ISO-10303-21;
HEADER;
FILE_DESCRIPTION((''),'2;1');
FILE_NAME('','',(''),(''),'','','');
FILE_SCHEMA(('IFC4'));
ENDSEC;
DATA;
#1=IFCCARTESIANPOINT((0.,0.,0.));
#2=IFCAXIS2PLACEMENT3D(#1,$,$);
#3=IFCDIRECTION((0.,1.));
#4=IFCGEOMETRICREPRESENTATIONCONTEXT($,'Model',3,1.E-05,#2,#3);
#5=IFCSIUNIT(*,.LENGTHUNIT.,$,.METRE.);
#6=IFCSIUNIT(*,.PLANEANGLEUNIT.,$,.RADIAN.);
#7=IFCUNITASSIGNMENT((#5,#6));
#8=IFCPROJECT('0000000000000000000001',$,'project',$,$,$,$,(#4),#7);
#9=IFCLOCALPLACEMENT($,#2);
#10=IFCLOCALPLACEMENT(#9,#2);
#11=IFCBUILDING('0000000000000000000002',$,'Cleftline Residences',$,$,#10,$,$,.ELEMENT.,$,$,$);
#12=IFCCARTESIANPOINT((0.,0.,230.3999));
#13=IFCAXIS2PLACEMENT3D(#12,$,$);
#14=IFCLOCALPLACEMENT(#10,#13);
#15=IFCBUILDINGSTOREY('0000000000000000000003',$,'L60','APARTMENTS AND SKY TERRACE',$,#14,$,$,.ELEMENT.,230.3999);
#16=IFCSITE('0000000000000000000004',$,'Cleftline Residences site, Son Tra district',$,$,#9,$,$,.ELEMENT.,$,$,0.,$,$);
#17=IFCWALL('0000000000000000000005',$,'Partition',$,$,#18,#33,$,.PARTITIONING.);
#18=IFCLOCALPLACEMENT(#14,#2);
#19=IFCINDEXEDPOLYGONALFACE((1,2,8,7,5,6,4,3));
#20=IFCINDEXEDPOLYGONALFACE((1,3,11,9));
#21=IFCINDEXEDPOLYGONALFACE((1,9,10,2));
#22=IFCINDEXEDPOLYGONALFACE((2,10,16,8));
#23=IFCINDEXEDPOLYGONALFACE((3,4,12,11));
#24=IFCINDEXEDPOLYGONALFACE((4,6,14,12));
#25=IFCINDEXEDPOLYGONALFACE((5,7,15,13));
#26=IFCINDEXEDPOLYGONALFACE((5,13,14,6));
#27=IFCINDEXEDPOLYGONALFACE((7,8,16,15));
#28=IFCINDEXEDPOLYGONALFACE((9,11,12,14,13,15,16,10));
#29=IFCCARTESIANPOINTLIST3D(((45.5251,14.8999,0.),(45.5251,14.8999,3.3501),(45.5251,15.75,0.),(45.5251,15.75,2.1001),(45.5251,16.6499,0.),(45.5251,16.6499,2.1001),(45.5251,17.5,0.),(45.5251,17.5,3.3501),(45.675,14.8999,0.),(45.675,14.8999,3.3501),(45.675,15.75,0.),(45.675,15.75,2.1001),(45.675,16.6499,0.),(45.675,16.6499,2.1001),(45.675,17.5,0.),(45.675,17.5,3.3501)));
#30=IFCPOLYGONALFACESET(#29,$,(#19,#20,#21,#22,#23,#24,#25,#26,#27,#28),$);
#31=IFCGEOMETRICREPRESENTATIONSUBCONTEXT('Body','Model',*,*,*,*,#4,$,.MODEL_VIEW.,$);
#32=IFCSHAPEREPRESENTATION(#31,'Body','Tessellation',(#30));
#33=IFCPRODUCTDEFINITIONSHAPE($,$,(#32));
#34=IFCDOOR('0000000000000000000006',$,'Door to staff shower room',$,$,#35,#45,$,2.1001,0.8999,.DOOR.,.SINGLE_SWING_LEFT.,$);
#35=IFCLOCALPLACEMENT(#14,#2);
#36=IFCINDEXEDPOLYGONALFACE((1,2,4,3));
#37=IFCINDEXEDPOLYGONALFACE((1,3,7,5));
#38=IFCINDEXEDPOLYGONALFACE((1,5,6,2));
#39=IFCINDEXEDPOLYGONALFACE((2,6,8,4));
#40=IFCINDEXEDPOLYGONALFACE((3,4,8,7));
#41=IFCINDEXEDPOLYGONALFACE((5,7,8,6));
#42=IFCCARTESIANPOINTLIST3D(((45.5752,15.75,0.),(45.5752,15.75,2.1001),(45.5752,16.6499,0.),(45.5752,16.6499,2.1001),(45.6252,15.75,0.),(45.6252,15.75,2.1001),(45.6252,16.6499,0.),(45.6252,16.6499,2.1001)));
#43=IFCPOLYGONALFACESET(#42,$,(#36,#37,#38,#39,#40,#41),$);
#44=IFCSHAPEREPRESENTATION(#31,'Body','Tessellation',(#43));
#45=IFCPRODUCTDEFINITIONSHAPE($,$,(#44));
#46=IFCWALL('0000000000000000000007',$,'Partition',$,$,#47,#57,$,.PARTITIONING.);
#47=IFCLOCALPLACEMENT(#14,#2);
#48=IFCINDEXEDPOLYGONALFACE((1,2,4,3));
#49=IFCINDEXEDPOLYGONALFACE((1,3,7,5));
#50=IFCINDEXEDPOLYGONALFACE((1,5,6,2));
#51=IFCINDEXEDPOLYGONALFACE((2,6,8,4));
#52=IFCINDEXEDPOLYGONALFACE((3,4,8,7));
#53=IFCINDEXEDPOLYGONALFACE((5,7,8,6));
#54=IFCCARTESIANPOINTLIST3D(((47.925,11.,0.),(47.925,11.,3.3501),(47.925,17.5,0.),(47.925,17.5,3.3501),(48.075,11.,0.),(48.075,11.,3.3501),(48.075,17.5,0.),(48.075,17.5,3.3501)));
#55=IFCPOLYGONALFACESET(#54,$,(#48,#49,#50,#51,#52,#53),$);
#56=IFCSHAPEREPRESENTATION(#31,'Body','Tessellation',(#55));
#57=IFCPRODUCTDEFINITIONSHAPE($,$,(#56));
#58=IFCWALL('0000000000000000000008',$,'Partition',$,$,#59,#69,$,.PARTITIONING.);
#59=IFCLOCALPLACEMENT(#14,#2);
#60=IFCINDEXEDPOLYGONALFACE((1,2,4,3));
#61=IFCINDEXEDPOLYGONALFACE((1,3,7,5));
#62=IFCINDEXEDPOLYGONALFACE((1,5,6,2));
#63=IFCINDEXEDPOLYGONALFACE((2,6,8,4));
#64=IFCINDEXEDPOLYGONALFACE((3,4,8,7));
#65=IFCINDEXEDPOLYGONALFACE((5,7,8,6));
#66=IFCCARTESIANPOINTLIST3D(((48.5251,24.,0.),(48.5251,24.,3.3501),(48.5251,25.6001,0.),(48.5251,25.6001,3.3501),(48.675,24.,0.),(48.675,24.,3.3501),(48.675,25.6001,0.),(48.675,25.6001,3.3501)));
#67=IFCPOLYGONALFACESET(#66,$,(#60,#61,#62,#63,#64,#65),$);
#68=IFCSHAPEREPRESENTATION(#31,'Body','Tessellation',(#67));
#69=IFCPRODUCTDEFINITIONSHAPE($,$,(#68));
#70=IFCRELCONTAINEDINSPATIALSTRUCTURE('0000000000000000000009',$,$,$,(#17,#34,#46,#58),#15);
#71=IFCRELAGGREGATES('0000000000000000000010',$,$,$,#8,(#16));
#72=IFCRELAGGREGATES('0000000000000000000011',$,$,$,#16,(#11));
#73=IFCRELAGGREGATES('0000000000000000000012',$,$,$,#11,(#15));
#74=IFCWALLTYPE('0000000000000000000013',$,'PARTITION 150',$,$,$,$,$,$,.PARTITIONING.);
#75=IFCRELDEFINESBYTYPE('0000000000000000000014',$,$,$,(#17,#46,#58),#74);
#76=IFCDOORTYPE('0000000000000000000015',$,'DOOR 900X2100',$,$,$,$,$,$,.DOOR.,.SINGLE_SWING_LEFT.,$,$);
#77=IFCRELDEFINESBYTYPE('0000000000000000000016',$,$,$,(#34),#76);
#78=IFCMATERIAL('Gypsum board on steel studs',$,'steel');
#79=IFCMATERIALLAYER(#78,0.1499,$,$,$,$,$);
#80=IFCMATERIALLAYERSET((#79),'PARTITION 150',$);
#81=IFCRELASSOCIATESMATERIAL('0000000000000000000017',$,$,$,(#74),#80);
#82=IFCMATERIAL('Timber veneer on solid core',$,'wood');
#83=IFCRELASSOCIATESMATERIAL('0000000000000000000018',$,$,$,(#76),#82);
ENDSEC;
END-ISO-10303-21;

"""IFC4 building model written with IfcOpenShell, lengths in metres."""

from ifc_helpers import new_model, si_unit, direction, frame, frame_2d, origin, place, context, subcontext, project, spatial, rectangle, extrude, material, layer, layer_set, type_object, element, fill, save


model = new_model("IFC4")

# Units and contexts
model_context = context("Model", 3, precision=1e-05, world=origin(), true_north=direction((0.0, 1.0)))
body_context = subcontext(model_context, "Body", "Model", "MODEL_VIEW")
ifc_project = project(units=[si_unit("LENGTHUNIT", "METRE"), si_unit("PLANEANGLEUNIT", "RADIAN")], contexts=[model_context])

# Site, building, storey
site_placement = place(None, origin())
site = spatial("IfcSite", under=ifc_project, at=site_placement, Name="Cleftline Residences site, Son Tra district", CompositionType="ELEMENT", RefElevation=0.0)
building_placement = place(site_placement, origin())
building = spatial("IfcBuilding", under=site, at=building_placement, Name="Cleftline Residences", CompositionType="ELEMENT")
storey_placement = place(building_placement, frame((0.0, 0.0, 230.3999)))
storey = spatial("IfcBuildingStorey", under=building, at=storey_placement, Name="L60", Description="APARTMENTS AND SKY TERRACE", CompositionType="ELEMENT", Elevation=230.3999)

# Shared definitions
ifc_material_1 = material(Name="Gypsum board on steel studs", Category="steel")
ifc_layer_1 = layer(ifc_material_1, 0.1499)
ifc_layer_set_1 = layer_set([ifc_layer_1], Name="PARTITION 150")
wall_type_1 = type_object("IfcWallType", Name="PARTITION 150", PredefinedType="PARTITIONING", material=ifc_layer_set_1)

# Wall, opening, door
wall_1_placement = place(storey_placement, frame((45.6001, 14.8999, 0.0), z_axis=(0.0, 0.0, 1.0), x_axis=(0.0, 1.0, 0.0)))
wall_1 = element("IfcWall", 1, at=wall_1_placement, inside=storey, type_object=wall_type_1, Name="Partition", PredefinedType="PARTITIONING", context=body_context, shape_type="SweptSolid", body=[
    extrude(rectangle(XDim=2.6001, YDim=0.1499, at=frame_2d((1.3, 0.0))), origin(), (0.0, 0.0, 1.0), 3.3501),
])
opening_1_placement = place(wall_1_placement, frame((0.8501, 0.0, 0.0)))
opening_1 = element("IfcOpeningElement", 2, at=opening_1_placement, cuts=wall_1, PredefinedType="OPENING", context=body_context, shape_type="SweptSolid", body=[
    extrude(rectangle(XDim=0.8999, YDim=2.1001, at=frame_2d((0.45, 1.05))), frame((0.0, 0.085, 0.0), z_axis=(0.0, -1.0, 0.0), x_axis=(1.0, 0.0, 0.0)), (0.0, 0.0, 1.0), 0.1699),
])
ifc_material_2 = material(Name="Timber veneer on solid core", Category="wood")
door_type_1 = type_object("IfcDoorType", Name="DOOR 900X2100", OperationType="SINGLE_SWING_LEFT", PredefinedType="DOOR", material=ifc_material_2)
door_1_placement = place(opening_1_placement, origin())
door_1 = element("IfcDoor", 3, at=door_1_placement, inside=storey, type_object=door_type_1, Name="Door to staff shower room", OperationType="SINGLE_SWING_LEFT", OverallHeight=2.1001, OverallWidth=0.8999, PredefinedType="DOOR", context=body_context, shape_type="SweptSolid", body=[
    extrude(rectangle(XDim=0.8999, YDim=2.1001, at=frame_2d((0.45, 1.05))), frame((0.0, 0.0249, 0.0), z_axis=(0.0, -1.0, 0.0), x_axis=(1.0, 0.0, 0.0)), (0.0, 0.0, 1.0), 0.05),
])
fill(opening_1, door_1)

# Walls
wall_2_placement = place(storey_placement, frame((48.0, 11.0, 0.0), z_axis=(0.0, 0.0, 1.0), x_axis=(0.0, 1.0, 0.0)))
element("IfcWall", 4, at=wall_2_placement, inside=storey, type_object=wall_type_1, Name="Partition", PredefinedType="PARTITIONING", context=body_context, shape_type="SweptSolid", body=[
    extrude(rectangle(XDim=6.5, YDim=0.1499, at=frame_2d((3.25, 0.0))), origin(), (0.0, 0.0, 1.0), 3.3501),
])
wall_3_placement = place(storey_placement, frame((48.6001, 24.0, 0.0), z_axis=(0.0, 0.0, 1.0), x_axis=(0.0, 1.0, 0.0)))
element("IfcWall", 5, at=wall_3_placement, inside=storey, type_object=wall_type_1, Name="Partition", PredefinedType="PARTITIONING", context=body_context, shape_type="SweptSolid", body=[
    extrude(rectangle(XDim=1.6001, YDim=0.1499, at=frame_2d((0.8, 0.0))), origin(), (0.0, 0.0, 1.0), 3.3501),
])

save(model, "model.ifc")
